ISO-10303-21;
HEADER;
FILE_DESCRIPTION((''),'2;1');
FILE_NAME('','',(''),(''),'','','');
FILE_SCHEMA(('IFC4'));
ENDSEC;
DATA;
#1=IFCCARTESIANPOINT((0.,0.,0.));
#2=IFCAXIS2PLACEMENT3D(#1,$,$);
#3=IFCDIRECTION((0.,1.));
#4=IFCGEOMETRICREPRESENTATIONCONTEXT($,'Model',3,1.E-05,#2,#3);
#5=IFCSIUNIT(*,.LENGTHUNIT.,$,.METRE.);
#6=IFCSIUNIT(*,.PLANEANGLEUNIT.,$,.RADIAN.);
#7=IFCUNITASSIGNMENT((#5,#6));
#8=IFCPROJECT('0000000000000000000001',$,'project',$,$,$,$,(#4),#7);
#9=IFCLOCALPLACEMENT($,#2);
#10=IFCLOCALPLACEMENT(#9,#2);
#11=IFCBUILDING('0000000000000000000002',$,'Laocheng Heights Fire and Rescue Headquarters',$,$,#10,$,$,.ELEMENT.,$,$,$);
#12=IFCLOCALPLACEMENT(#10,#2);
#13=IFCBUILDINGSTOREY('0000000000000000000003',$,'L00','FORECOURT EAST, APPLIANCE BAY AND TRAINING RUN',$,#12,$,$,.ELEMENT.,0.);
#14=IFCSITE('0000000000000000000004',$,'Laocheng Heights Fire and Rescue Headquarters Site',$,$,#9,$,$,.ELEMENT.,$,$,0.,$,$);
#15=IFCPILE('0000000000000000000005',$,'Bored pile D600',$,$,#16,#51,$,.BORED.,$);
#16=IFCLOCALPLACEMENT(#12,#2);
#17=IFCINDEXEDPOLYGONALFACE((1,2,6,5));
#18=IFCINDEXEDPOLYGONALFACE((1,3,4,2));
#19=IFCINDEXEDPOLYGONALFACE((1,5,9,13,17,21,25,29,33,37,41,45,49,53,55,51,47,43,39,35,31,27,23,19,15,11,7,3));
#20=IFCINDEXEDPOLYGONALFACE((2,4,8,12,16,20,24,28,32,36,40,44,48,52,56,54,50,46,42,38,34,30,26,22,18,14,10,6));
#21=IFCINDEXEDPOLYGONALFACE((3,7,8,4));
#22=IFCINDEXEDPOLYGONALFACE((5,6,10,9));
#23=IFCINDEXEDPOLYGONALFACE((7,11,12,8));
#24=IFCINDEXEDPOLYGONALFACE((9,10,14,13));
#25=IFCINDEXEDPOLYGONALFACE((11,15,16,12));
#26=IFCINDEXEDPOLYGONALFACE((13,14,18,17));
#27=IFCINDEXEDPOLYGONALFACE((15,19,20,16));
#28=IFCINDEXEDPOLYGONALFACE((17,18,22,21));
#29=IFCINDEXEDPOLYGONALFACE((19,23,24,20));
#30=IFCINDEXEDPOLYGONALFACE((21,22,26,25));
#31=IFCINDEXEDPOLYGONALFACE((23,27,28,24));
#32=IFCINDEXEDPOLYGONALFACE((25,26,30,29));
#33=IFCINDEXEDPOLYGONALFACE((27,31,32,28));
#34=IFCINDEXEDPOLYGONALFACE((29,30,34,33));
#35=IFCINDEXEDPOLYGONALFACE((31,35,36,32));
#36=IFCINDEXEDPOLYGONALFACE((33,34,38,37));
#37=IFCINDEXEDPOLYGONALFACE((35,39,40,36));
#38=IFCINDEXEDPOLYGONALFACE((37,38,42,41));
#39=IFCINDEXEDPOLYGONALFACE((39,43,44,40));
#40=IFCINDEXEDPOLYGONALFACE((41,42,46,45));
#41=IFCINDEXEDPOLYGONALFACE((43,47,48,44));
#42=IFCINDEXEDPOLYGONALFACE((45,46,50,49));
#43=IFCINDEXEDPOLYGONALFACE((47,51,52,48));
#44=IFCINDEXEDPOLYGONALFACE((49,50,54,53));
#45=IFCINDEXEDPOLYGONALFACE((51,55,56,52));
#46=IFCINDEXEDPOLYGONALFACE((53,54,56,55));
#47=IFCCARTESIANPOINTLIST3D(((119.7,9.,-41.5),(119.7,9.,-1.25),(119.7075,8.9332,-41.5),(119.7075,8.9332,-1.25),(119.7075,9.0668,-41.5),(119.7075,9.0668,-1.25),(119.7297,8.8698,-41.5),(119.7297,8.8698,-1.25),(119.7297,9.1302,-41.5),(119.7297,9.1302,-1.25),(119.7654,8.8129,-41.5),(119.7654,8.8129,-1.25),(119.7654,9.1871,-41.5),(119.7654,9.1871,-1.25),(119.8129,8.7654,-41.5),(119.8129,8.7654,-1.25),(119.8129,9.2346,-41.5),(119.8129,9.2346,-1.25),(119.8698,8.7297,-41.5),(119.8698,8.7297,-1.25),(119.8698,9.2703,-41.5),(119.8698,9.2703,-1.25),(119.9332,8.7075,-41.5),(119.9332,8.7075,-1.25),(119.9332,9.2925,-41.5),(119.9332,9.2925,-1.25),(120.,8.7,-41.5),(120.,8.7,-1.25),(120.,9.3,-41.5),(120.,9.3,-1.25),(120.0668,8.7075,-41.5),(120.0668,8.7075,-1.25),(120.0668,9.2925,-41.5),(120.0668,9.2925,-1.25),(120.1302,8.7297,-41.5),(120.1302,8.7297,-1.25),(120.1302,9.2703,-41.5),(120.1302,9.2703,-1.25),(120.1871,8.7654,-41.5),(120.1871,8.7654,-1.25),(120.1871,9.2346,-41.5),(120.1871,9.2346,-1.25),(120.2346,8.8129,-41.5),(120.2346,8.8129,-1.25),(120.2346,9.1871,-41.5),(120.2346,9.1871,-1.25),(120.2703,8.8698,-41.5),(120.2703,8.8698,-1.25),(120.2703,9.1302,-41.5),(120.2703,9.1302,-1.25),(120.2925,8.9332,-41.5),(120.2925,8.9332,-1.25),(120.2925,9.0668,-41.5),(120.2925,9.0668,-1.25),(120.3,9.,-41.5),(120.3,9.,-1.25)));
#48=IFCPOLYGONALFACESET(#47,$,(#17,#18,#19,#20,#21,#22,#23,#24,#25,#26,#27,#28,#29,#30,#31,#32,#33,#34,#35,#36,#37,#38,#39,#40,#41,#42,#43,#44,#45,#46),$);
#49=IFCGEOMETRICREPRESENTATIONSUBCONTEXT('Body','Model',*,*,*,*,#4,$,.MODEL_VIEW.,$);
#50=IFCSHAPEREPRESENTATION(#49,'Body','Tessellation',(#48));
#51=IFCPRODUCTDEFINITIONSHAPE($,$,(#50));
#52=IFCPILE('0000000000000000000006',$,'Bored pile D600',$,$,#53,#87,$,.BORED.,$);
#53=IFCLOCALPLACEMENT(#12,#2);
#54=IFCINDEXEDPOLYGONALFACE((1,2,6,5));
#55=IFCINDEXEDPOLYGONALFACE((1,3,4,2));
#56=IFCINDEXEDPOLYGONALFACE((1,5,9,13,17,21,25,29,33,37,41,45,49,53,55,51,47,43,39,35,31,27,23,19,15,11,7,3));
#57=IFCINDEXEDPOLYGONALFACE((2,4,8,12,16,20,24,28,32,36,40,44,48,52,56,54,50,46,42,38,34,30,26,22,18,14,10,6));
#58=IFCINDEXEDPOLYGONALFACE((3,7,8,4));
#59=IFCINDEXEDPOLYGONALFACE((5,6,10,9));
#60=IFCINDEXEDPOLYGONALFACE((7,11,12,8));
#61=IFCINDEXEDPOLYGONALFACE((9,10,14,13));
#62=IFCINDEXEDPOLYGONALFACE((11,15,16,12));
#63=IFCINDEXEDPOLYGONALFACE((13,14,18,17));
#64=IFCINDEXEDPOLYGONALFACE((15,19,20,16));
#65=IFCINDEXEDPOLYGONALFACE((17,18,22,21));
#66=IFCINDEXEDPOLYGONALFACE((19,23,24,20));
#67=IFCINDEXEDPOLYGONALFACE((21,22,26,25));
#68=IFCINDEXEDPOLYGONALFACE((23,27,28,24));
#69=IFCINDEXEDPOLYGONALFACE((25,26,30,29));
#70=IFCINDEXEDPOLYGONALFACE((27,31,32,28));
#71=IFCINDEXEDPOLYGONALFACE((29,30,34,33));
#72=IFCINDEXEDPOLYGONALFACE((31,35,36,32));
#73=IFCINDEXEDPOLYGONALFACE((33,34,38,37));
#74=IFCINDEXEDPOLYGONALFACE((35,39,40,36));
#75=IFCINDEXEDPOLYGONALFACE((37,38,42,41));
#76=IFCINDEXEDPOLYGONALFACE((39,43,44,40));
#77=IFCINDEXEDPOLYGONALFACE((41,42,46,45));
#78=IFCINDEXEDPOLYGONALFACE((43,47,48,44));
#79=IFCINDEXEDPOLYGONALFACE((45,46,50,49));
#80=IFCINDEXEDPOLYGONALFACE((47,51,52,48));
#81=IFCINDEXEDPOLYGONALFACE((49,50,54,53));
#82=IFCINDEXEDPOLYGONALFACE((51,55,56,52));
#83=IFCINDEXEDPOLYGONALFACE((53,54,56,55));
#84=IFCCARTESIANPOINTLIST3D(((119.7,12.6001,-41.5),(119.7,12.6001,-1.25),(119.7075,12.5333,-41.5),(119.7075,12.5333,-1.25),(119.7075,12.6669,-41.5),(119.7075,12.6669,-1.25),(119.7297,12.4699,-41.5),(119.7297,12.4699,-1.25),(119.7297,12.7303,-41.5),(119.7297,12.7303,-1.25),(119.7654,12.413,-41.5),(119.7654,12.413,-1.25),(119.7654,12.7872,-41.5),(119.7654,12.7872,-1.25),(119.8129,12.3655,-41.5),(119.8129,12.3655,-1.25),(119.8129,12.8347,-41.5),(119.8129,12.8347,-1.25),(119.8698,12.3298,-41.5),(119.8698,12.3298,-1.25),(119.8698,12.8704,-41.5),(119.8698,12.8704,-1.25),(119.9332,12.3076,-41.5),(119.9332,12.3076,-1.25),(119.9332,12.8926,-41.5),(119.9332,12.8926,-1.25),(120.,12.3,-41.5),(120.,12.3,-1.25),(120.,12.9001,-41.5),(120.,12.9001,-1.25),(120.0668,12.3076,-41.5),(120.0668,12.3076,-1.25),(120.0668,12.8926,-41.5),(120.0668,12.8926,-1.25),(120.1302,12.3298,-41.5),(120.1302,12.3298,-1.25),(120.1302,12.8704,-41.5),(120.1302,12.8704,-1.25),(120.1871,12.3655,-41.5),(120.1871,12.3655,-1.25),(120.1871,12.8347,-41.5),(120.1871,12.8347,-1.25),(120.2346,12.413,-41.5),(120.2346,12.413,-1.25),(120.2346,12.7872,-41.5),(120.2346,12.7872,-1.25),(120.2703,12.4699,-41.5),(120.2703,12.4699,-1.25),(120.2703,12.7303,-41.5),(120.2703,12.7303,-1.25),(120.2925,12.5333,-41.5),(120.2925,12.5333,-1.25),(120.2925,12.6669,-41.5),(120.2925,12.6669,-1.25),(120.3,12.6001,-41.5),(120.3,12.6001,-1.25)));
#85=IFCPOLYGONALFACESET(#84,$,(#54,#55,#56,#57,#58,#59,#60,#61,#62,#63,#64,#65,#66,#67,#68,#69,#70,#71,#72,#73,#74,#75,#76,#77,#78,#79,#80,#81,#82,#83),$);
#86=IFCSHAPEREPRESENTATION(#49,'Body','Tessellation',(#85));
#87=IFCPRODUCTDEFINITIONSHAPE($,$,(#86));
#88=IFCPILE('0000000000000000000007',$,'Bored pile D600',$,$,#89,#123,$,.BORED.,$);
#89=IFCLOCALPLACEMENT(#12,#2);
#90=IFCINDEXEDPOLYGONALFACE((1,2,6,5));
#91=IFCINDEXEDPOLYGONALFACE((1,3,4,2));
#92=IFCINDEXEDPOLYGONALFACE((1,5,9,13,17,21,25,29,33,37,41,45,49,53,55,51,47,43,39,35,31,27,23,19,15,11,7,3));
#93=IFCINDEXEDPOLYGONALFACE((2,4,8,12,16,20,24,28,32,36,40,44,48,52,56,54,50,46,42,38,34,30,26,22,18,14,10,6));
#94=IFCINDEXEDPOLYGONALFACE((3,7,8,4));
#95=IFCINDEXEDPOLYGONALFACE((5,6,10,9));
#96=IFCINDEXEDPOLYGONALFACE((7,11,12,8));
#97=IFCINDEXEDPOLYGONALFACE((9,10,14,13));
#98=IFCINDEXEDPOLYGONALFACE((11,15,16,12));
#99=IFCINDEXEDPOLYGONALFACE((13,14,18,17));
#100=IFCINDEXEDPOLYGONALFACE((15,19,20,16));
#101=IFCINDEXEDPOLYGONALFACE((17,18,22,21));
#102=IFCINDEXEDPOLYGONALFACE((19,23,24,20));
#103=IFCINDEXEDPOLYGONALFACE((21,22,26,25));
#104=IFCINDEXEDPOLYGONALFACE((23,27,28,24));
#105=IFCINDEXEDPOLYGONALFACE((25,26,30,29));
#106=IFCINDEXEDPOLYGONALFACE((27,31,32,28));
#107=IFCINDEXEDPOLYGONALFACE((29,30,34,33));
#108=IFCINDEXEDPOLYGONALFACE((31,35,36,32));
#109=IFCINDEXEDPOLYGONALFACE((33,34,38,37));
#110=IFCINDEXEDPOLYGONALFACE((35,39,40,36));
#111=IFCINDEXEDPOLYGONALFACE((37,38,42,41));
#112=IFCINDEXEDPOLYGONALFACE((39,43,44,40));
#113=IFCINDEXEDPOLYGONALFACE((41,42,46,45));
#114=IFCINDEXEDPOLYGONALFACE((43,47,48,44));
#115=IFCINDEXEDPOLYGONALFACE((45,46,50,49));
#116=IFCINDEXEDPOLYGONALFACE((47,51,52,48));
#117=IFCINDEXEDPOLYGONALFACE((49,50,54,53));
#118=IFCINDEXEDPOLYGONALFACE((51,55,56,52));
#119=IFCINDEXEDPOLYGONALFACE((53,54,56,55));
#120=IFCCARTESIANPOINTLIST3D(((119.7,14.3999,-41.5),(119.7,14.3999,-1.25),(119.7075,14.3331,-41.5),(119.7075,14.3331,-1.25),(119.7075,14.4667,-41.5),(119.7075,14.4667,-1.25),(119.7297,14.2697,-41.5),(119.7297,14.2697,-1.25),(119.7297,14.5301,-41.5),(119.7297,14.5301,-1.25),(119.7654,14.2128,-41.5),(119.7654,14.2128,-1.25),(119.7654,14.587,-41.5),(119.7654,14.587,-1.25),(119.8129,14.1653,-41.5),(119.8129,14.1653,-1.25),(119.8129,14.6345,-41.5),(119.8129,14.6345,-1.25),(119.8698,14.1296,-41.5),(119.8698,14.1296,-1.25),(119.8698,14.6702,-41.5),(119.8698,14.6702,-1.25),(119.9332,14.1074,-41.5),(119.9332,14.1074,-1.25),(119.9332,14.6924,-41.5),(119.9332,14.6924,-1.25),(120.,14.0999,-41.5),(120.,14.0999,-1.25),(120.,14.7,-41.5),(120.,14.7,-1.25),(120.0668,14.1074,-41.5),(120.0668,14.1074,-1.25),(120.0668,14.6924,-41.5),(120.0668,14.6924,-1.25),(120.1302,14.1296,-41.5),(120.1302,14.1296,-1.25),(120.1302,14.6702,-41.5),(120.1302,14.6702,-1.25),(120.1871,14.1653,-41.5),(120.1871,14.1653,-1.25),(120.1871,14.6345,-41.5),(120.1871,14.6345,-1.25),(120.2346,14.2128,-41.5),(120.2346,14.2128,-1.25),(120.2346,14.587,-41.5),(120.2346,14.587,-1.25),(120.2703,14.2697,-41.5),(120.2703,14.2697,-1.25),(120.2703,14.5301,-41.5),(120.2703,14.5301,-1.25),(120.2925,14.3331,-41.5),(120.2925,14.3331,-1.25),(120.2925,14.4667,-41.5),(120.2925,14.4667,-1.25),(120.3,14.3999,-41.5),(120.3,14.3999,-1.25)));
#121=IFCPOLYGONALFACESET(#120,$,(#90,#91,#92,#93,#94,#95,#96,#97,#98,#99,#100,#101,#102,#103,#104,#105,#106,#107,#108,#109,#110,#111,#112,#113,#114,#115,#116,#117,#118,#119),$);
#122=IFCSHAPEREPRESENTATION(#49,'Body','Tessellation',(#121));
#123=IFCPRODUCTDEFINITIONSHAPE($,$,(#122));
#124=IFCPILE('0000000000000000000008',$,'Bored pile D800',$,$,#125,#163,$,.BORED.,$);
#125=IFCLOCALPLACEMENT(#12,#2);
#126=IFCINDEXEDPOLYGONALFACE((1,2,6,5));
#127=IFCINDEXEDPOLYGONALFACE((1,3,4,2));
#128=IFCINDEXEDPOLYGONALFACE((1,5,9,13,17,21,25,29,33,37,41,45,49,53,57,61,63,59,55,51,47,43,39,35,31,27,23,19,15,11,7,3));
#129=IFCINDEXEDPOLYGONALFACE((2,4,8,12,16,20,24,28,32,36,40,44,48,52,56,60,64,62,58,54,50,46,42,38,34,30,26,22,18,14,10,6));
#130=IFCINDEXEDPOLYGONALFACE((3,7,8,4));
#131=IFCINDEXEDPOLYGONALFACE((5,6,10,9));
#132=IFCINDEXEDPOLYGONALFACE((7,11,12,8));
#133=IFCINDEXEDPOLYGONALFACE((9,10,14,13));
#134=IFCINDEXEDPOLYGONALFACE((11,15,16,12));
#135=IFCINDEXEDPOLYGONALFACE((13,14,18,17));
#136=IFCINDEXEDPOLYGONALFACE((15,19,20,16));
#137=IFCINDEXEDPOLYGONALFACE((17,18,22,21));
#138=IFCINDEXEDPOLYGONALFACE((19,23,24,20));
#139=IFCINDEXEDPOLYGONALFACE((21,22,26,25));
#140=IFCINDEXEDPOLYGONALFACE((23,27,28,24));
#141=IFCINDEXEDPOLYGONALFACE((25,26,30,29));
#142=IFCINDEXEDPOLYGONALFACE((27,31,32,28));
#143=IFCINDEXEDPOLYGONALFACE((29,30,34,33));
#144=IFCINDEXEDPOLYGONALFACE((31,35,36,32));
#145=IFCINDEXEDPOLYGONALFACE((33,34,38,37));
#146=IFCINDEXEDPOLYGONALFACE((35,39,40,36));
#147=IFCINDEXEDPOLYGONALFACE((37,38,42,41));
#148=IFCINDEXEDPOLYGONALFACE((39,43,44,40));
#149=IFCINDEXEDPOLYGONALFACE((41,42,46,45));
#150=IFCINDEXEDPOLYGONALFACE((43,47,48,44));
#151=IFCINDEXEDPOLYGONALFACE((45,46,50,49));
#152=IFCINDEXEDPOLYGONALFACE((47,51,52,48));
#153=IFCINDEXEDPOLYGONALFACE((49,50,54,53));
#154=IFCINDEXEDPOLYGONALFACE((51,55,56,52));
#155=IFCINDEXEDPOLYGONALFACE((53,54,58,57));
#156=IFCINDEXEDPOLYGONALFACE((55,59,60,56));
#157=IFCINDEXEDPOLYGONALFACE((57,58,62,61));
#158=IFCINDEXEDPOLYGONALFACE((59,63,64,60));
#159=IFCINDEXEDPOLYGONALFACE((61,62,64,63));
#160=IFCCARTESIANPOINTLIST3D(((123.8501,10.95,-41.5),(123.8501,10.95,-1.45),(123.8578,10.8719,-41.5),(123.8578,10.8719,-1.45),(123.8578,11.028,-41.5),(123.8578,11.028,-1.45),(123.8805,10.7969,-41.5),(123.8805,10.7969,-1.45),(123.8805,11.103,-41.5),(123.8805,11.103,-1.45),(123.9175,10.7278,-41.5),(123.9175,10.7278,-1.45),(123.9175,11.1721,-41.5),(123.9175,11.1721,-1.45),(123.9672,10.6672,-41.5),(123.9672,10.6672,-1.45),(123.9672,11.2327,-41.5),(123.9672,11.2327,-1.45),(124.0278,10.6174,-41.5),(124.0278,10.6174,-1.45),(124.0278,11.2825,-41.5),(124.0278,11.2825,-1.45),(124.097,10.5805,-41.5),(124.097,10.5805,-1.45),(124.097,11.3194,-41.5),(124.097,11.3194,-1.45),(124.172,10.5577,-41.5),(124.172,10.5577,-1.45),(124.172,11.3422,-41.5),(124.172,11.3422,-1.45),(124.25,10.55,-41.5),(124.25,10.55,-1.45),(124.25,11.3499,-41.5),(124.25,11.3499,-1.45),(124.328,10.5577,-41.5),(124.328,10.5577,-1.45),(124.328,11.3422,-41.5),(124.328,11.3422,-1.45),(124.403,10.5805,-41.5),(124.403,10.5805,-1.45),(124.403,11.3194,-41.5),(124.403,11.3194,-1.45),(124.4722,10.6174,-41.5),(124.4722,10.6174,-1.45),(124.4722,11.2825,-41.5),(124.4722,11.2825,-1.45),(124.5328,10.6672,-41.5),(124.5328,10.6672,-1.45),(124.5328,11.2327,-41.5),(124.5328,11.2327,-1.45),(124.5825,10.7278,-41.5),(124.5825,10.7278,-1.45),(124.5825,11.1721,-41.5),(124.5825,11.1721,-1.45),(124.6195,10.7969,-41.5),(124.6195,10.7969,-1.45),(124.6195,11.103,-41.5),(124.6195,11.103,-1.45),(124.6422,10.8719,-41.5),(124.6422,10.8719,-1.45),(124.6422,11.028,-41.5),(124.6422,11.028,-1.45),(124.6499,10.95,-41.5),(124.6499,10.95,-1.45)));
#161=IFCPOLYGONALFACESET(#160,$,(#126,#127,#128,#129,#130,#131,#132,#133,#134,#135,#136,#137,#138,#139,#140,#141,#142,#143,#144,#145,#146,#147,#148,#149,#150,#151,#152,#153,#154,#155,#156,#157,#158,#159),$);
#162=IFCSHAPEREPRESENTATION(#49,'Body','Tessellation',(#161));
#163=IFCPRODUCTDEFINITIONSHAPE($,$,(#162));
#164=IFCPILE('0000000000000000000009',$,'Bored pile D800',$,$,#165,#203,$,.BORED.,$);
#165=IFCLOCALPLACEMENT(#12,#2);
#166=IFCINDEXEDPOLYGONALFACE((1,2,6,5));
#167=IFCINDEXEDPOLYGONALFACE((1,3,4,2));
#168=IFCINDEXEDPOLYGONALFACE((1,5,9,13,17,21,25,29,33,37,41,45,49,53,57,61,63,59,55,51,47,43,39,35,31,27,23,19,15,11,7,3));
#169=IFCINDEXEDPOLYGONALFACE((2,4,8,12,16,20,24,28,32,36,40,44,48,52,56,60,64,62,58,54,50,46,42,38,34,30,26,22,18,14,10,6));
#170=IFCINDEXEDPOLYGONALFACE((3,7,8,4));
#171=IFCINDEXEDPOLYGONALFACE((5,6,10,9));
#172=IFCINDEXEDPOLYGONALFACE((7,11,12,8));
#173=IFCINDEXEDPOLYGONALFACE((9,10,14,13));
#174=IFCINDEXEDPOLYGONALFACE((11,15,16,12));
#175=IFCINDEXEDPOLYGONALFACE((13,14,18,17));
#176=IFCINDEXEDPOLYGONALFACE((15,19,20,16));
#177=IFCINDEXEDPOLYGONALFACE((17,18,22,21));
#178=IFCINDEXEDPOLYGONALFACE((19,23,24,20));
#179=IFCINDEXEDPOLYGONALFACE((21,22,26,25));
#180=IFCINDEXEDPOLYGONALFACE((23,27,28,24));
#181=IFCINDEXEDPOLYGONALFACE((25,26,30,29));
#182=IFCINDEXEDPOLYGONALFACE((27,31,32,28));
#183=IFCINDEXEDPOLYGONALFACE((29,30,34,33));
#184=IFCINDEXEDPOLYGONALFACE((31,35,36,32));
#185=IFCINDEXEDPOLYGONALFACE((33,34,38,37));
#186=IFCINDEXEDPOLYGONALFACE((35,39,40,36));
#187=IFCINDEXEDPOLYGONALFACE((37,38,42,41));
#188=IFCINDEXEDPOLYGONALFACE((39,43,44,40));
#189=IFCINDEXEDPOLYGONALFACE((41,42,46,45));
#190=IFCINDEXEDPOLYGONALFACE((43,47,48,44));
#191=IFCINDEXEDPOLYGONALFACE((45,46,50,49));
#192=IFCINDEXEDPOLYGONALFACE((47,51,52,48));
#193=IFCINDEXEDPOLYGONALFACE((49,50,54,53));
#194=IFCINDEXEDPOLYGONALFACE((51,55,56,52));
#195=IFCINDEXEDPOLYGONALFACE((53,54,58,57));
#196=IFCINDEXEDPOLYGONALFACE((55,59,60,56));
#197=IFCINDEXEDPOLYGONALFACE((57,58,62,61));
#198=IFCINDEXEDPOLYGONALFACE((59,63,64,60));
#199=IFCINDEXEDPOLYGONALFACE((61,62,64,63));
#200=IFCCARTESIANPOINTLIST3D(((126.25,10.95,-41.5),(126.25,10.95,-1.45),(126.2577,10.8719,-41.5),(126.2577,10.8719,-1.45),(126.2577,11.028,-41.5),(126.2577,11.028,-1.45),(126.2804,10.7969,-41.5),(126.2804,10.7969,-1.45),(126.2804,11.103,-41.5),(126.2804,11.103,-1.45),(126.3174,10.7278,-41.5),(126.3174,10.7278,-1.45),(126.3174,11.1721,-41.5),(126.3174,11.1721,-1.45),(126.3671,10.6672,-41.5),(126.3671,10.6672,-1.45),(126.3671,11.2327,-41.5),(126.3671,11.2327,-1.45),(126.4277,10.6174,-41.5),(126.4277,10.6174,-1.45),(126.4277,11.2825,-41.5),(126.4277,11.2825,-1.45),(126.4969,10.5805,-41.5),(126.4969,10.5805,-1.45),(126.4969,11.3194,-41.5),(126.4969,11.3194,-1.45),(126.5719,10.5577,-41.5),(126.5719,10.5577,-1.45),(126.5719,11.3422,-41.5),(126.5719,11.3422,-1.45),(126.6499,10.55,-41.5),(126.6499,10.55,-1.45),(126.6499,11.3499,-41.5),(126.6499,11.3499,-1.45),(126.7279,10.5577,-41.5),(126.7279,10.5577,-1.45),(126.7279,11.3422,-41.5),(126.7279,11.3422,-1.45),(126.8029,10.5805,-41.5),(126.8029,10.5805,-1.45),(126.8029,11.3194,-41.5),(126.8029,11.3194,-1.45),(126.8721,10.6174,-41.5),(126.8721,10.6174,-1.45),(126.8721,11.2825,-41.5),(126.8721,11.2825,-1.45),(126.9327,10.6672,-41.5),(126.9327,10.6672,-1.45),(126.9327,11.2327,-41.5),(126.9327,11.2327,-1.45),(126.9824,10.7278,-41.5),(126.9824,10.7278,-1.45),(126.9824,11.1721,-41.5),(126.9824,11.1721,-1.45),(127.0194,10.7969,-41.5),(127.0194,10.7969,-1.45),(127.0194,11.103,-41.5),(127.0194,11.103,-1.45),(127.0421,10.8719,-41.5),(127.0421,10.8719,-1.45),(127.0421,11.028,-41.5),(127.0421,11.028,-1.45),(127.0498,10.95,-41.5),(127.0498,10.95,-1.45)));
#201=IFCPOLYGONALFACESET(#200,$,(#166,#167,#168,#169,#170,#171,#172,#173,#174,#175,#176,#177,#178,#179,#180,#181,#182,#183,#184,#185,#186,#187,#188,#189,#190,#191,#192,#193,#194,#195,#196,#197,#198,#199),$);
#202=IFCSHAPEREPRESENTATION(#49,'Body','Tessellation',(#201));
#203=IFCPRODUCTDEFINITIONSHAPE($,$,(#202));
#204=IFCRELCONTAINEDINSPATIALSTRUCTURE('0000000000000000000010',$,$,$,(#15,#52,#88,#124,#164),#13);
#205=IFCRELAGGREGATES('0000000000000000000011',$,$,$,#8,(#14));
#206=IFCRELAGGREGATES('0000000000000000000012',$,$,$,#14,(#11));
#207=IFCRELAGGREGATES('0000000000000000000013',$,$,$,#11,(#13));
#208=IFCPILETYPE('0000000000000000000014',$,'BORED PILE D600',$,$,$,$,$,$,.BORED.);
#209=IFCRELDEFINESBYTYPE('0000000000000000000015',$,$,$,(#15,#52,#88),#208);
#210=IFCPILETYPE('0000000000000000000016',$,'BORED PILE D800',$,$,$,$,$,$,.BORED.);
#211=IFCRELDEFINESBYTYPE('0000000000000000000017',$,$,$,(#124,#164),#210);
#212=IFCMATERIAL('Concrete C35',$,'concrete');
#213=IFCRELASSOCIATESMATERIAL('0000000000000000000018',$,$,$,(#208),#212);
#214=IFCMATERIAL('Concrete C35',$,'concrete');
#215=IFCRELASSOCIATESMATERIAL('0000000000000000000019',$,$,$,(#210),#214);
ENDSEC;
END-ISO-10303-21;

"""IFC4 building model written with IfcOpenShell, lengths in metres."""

from ifc_helpers import new_model, si_unit, direction, frame, origin, origin_2d, place, context, subcontext, project, spatial, circle, extrude, material, material_profile, profile_set, type_object, element, save


model = new_model("IFC4")

# Units and contexts
model_context = context("Model", 3, precision=1e-05, world=origin(), true_north=direction((0.0, 1.0)))
body_context = subcontext(model_context, "Body", "Model", "MODEL_VIEW")
ifc_project = project(units=[si_unit("LENGTHUNIT", "METRE"), si_unit("PLANEANGLEUNIT", "RADIAN")], contexts=[model_context])

# Site, building, storey
site_placement = place(None, origin())
site = spatial("IfcSite", under=ifc_project, at=site_placement, Name="Laocheng Heights Fire and Rescue Headquarters Site", CompositionType="ELEMENT", RefElevation=0.0)
building_placement = place(site_placement, origin())
building = spatial("IfcBuilding", under=site, at=building_placement, Name="Laocheng Heights Fire and Rescue Headquarters", CompositionType="ELEMENT")
storey_placement = place(building_placement, origin())
storey = spatial("IfcBuildingStorey", under=building, at=storey_placement, Name="L00", Description="FORECOURT EAST, APPLIANCE BAY AND TRAINING RUN", CompositionType="ELEMENT", Elevation=0.0)

# Piles
ifc_material_1 = material(Name="Concrete C35", Category="concrete")
ifc_material_profile_1 = material_profile(ifc_material_1, circle(Radius=0.3, at=origin_2d()), Name="BORED PILE D600")
ifc_profile_set_1 = profile_set([ifc_material_profile_1], Name="Concrete C35")
pile_type_1 = type_object("IfcPileType", Name="BORED PILE D600", PredefinedType="BORED", material=ifc_profile_set_1)
for number, where, z_axis, x_axis, name in (
    (1, (120.0, 9.0, -1.25), (0.0, 0.0, -1.0), (1.0, 0.0, 0.0), "Bored pile D600"),
    (2, (120.0, 12.6001, -1.25), (0.0, 0.0, -1.0), (1.0, 0.0, 0.0), "Bored pile D600"),
    (3, (120.0, 14.3999, -1.25), (0.0, 0.0, -1.0), (1.0, 0.0, 0.0), "Bored pile D600"),
):
    element("IfcPile", number, at=place(storey_placement, frame(where, z_axis=z_axis, x_axis=x_axis)), inside=storey, type_object=pile_type_1, Name=name, PredefinedType="BORED", context=body_context, shape_type="SweptSolid", body=[
        extrude(circle(Radius=0.3, at=origin_2d()), origin(), (0.0, 0.0, 1.0), 40.25),
    ])
ifc_material_2 = material(Name="Concrete C35", Category="concrete")
ifc_material_profile_2 = material_profile(ifc_material_2, circle(Radius=0.3999, at=origin_2d()), Name="BORED PILE D800")
ifc_profile_set_2 = profile_set([ifc_material_profile_2], Name="Concrete C35")
pile_type_2 = type_object("IfcPileType", Name="BORED PILE D800", PredefinedType="BORED", material=ifc_profile_set_2)
for number, where, z_axis, x_axis, name in (
    (4, (124.25, 10.95, -1.45), (0.0, 0.0, -1.0), (1.0, 0.0, 0.0), "Bored pile D800"),
    (5, (126.6499, 10.95, -1.45), (0.0, 0.0, -1.0), (1.0, 0.0, 0.0), "Bored pile D800"),
):
    element("IfcPile", number, at=place(storey_placement, frame(where, z_axis=z_axis, x_axis=x_axis)), inside=storey, type_object=pile_type_2, Name=name, PredefinedType="BORED", context=body_context, shape_type="SweptSolid", body=[
        extrude(circle(Radius=0.3999, at=origin_2d()), origin(), (0.0, 0.0, 1.0), 40.05),
    ])

save(model, "model.ifc")
